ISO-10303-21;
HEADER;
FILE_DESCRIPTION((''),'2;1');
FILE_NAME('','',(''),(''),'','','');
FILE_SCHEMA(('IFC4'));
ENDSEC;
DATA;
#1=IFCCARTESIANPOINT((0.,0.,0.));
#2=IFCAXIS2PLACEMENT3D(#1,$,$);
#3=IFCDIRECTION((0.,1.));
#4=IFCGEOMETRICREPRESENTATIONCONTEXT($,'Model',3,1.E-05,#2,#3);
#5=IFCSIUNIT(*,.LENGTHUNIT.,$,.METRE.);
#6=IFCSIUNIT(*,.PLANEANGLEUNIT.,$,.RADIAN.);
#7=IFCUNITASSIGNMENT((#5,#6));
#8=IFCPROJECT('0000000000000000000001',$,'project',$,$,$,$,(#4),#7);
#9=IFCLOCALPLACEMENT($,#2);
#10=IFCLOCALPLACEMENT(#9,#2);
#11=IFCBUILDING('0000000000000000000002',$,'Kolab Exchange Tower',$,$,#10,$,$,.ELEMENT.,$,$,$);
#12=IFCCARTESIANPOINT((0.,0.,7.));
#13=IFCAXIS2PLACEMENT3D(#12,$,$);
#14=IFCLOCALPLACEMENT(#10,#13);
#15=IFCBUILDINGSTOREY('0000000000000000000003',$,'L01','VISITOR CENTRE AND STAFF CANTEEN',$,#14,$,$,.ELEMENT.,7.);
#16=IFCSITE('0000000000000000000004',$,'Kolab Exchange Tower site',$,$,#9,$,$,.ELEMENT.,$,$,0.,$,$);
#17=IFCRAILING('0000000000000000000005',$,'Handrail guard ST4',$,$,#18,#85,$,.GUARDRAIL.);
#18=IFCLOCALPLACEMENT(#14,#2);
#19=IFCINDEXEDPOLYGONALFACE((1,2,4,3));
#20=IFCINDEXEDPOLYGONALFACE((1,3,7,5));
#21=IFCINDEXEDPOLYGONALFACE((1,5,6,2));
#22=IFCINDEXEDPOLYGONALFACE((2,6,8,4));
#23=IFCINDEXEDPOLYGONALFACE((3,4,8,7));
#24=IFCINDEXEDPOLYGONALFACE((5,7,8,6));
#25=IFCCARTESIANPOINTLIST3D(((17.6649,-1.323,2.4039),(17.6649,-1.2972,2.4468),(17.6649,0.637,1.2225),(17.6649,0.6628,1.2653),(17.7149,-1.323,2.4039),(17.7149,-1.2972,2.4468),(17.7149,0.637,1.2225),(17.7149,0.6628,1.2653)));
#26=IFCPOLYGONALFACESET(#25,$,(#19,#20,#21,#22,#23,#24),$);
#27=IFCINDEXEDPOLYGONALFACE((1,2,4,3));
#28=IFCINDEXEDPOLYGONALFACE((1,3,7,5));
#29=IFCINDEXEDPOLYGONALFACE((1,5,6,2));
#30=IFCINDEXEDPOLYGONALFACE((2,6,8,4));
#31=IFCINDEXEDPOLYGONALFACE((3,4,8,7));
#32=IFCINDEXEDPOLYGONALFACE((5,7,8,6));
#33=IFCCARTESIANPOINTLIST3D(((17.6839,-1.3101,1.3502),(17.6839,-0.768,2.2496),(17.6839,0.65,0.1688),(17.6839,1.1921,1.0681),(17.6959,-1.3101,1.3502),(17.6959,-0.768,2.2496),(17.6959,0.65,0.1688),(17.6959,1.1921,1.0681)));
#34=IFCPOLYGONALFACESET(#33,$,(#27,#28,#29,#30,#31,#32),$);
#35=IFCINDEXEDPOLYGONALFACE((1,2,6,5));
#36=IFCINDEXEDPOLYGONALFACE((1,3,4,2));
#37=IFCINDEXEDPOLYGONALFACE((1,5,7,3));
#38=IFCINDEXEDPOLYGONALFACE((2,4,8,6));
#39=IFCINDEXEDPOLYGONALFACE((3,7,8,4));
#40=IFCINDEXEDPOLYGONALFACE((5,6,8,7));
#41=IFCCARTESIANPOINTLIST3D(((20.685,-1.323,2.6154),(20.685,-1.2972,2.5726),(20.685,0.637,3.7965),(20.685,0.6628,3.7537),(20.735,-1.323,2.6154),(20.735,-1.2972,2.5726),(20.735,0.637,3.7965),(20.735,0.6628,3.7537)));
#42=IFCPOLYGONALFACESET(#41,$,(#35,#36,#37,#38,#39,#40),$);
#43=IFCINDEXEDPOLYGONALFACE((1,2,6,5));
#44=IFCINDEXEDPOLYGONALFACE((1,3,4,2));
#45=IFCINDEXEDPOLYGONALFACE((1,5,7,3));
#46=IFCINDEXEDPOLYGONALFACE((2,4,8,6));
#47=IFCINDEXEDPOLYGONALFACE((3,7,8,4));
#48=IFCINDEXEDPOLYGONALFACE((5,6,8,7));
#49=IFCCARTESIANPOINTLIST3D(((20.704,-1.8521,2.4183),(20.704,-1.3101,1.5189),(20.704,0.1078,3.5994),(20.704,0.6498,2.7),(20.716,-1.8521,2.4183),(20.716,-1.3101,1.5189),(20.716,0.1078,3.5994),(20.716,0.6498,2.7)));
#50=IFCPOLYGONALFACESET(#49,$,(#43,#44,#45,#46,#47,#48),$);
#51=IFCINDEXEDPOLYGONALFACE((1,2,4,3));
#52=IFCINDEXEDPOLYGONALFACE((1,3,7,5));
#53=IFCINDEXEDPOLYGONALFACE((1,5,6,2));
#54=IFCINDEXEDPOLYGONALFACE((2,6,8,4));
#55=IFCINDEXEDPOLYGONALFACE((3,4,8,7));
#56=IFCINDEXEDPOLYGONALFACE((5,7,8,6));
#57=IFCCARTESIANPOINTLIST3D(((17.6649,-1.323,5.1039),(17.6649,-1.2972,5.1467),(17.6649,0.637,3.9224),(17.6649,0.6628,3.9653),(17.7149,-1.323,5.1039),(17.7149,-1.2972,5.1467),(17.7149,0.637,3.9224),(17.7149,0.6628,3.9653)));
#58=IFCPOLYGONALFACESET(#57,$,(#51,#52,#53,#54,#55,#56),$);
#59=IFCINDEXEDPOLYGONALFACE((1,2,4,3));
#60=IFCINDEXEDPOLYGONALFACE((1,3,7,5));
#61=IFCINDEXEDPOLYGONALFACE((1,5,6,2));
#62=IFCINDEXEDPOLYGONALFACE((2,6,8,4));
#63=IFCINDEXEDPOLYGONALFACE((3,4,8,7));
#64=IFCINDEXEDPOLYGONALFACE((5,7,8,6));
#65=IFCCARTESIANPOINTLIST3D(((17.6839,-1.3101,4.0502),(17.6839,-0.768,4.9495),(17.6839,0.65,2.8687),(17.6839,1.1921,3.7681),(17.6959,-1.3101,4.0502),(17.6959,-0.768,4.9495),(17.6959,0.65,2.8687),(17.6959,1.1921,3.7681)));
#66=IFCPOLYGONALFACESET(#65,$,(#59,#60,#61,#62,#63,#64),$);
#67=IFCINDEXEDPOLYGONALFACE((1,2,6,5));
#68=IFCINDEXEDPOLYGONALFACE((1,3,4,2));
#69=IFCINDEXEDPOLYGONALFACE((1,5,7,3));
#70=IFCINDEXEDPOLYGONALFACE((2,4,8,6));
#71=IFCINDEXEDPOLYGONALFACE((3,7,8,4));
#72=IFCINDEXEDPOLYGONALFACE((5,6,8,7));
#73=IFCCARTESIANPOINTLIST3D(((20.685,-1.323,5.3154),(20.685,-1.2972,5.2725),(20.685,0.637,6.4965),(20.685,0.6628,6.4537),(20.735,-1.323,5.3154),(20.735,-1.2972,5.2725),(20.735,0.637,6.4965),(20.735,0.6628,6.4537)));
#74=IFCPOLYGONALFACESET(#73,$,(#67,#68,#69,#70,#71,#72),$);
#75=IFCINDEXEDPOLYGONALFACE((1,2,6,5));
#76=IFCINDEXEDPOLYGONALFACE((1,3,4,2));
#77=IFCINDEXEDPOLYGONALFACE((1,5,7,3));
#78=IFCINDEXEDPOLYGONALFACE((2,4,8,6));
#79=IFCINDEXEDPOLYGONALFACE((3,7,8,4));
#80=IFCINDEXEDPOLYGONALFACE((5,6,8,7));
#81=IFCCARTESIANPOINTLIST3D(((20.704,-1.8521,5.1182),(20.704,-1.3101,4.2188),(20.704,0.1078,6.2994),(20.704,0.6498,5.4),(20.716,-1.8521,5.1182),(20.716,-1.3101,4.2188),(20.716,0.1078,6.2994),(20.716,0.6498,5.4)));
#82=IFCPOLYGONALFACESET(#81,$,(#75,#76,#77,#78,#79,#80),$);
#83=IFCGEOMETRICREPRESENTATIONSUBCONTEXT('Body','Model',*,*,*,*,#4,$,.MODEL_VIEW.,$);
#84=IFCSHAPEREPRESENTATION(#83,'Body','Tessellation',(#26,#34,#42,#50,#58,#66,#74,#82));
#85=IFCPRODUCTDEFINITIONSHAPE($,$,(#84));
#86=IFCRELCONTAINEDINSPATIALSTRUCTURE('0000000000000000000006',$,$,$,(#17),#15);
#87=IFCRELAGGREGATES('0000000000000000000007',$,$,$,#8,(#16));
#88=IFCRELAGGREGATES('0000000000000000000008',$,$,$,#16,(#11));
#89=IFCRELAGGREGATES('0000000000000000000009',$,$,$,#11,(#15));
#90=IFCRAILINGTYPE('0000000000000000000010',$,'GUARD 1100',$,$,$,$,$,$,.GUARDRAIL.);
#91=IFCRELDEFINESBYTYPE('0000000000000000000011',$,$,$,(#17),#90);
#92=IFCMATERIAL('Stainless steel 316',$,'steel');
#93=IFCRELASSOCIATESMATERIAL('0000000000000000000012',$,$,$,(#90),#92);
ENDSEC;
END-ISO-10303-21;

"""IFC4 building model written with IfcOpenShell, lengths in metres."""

from ifc_helpers import new_model, si_unit, direction, frame, frame_2d, origin, origin_2d, place, context, subcontext, project, spatial, rectangle, extrude, material, type_object, element, save


model = new_model("IFC4")

# Units and contexts
model_context = context("Model", 3, precision=1e-05, world=origin(), true_north=direction((0.0, 1.0)))
body_context = subcontext(model_context, "Body", "Model", "MODEL_VIEW")
ifc_project = project(units=[si_unit("LENGTHUNIT", "METRE"), si_unit("PLANEANGLEUNIT", "RADIAN")], contexts=[model_context])

# Site, building, storey
site_placement = place(None, origin())
site = spatial("IfcSite", under=ifc_project, at=site_placement, Name="Kolab Exchange Tower site", CompositionType="ELEMENT", RefElevation=0.0)
building_placement = place(site_placement, origin())
building = spatial("IfcBuilding", under=site, at=building_placement, Name="Kolab Exchange Tower", CompositionType="ELEMENT")
storey_placement = place(building_placement, frame((0.0, 0.0, 7.0)))
storey = spatial("IfcBuildingStorey", under=building, at=storey_placement, Name="L01", Description="VISITOR CENTRE AND STAFF CANTEEN", CompositionType="ELEMENT", Elevation=7.0)

# Railing
ifc_material_1 = material(Name="Stainless steel 316", Category="steel")
railing_type = type_object("IfcRailingType", Name="GUARD 1100", PredefinedType="GUARDRAIL", material=ifc_material_1)
railing_placement = place(storey_placement, frame((17.6899, 0.6499, 0.1687)))
element("IfcRailing", 1, at=railing_placement, inside=storey, type_object=railing_type, Name="Handrail guard ST4", PredefinedType="GUARDRAIL", context=body_context, shape_type="SweptSolid", body=[
    extrude(rectangle(XDim=0.05, YDim=0.05, at=origin_2d()), frame((0.0, 0.0, 1.0752), z_axis=(0.0, -0.856446, 0.516236), x_axis=(1.0, 0.0, 0.0)), (0.0, 0.0, 1.0), 2.2886),
    extrude(rectangle(XDim=0.012, YDim=1.0501, at=frame_2d((0.0, 0.5251))), frame((0.0, 0.0, 0.0), z_axis=(0.0, -0.856446, 0.516236), x_axis=(1.0, 0.0, 0.0)), (0.0, 0.0, 1.0), 2.2886),
    extrude(rectangle(XDim=0.05, YDim=0.05, at=origin_2d()), frame((3.02, -1.96, 2.4253), z_axis=(0.0, 0.856493, 0.516158), x_axis=(-1.0, 0.0, 0.0)), (0.0, 0.0, 1.0), 2.2883),
    extrude(rectangle(XDim=0.012, YDim=1.0501, at=frame_2d((0.0, 0.5251))), frame((3.02, -1.96, 1.3501), z_axis=(0.0, 0.856493, 0.516158), x_axis=(-1.0, 0.0, 0.0)), (0.0, 0.0, 1.0), 2.2883),
    extrude(rectangle(XDim=0.05, YDim=0.05, at=origin_2d()), frame((0.0, 0.0, 3.7751), z_axis=(0.0, -0.856446, 0.516236), x_axis=(1.0, 0.0, 0.0)), (0.0, 0.0, 1.0), 2.2886),
    extrude(rectangle(XDim=0.012, YDim=1.0501, at=frame_2d((0.0, 0.5251))), frame((0.0, 0.0, 2.7), z_axis=(0.0, -0.856446, 0.516236), x_axis=(1.0, 0.0, 0.0)), (0.0, 0.0, 1.0), 2.2886),
    extrude(rectangle(XDim=0.05, YDim=0.05, at=origin_2d()), frame((3.02, -1.96, 5.1252), z_axis=(0.0, 0.856493, 0.516158), x_axis=(-1.0, 0.0, 0.0)), (0.0, 0.0, 1.0), 2.2883),
    extrude(rectangle(XDim=0.012, YDim=1.0501, at=frame_2d((0.0, 0.5251))), frame((3.02, -1.96, 4.05), z_axis=(0.0, 0.856493, 0.516158), x_axis=(-1.0, 0.0, 0.0)), (0.0, 0.0, 1.0), 2.2883),
])

save(model, "model.ifc")
